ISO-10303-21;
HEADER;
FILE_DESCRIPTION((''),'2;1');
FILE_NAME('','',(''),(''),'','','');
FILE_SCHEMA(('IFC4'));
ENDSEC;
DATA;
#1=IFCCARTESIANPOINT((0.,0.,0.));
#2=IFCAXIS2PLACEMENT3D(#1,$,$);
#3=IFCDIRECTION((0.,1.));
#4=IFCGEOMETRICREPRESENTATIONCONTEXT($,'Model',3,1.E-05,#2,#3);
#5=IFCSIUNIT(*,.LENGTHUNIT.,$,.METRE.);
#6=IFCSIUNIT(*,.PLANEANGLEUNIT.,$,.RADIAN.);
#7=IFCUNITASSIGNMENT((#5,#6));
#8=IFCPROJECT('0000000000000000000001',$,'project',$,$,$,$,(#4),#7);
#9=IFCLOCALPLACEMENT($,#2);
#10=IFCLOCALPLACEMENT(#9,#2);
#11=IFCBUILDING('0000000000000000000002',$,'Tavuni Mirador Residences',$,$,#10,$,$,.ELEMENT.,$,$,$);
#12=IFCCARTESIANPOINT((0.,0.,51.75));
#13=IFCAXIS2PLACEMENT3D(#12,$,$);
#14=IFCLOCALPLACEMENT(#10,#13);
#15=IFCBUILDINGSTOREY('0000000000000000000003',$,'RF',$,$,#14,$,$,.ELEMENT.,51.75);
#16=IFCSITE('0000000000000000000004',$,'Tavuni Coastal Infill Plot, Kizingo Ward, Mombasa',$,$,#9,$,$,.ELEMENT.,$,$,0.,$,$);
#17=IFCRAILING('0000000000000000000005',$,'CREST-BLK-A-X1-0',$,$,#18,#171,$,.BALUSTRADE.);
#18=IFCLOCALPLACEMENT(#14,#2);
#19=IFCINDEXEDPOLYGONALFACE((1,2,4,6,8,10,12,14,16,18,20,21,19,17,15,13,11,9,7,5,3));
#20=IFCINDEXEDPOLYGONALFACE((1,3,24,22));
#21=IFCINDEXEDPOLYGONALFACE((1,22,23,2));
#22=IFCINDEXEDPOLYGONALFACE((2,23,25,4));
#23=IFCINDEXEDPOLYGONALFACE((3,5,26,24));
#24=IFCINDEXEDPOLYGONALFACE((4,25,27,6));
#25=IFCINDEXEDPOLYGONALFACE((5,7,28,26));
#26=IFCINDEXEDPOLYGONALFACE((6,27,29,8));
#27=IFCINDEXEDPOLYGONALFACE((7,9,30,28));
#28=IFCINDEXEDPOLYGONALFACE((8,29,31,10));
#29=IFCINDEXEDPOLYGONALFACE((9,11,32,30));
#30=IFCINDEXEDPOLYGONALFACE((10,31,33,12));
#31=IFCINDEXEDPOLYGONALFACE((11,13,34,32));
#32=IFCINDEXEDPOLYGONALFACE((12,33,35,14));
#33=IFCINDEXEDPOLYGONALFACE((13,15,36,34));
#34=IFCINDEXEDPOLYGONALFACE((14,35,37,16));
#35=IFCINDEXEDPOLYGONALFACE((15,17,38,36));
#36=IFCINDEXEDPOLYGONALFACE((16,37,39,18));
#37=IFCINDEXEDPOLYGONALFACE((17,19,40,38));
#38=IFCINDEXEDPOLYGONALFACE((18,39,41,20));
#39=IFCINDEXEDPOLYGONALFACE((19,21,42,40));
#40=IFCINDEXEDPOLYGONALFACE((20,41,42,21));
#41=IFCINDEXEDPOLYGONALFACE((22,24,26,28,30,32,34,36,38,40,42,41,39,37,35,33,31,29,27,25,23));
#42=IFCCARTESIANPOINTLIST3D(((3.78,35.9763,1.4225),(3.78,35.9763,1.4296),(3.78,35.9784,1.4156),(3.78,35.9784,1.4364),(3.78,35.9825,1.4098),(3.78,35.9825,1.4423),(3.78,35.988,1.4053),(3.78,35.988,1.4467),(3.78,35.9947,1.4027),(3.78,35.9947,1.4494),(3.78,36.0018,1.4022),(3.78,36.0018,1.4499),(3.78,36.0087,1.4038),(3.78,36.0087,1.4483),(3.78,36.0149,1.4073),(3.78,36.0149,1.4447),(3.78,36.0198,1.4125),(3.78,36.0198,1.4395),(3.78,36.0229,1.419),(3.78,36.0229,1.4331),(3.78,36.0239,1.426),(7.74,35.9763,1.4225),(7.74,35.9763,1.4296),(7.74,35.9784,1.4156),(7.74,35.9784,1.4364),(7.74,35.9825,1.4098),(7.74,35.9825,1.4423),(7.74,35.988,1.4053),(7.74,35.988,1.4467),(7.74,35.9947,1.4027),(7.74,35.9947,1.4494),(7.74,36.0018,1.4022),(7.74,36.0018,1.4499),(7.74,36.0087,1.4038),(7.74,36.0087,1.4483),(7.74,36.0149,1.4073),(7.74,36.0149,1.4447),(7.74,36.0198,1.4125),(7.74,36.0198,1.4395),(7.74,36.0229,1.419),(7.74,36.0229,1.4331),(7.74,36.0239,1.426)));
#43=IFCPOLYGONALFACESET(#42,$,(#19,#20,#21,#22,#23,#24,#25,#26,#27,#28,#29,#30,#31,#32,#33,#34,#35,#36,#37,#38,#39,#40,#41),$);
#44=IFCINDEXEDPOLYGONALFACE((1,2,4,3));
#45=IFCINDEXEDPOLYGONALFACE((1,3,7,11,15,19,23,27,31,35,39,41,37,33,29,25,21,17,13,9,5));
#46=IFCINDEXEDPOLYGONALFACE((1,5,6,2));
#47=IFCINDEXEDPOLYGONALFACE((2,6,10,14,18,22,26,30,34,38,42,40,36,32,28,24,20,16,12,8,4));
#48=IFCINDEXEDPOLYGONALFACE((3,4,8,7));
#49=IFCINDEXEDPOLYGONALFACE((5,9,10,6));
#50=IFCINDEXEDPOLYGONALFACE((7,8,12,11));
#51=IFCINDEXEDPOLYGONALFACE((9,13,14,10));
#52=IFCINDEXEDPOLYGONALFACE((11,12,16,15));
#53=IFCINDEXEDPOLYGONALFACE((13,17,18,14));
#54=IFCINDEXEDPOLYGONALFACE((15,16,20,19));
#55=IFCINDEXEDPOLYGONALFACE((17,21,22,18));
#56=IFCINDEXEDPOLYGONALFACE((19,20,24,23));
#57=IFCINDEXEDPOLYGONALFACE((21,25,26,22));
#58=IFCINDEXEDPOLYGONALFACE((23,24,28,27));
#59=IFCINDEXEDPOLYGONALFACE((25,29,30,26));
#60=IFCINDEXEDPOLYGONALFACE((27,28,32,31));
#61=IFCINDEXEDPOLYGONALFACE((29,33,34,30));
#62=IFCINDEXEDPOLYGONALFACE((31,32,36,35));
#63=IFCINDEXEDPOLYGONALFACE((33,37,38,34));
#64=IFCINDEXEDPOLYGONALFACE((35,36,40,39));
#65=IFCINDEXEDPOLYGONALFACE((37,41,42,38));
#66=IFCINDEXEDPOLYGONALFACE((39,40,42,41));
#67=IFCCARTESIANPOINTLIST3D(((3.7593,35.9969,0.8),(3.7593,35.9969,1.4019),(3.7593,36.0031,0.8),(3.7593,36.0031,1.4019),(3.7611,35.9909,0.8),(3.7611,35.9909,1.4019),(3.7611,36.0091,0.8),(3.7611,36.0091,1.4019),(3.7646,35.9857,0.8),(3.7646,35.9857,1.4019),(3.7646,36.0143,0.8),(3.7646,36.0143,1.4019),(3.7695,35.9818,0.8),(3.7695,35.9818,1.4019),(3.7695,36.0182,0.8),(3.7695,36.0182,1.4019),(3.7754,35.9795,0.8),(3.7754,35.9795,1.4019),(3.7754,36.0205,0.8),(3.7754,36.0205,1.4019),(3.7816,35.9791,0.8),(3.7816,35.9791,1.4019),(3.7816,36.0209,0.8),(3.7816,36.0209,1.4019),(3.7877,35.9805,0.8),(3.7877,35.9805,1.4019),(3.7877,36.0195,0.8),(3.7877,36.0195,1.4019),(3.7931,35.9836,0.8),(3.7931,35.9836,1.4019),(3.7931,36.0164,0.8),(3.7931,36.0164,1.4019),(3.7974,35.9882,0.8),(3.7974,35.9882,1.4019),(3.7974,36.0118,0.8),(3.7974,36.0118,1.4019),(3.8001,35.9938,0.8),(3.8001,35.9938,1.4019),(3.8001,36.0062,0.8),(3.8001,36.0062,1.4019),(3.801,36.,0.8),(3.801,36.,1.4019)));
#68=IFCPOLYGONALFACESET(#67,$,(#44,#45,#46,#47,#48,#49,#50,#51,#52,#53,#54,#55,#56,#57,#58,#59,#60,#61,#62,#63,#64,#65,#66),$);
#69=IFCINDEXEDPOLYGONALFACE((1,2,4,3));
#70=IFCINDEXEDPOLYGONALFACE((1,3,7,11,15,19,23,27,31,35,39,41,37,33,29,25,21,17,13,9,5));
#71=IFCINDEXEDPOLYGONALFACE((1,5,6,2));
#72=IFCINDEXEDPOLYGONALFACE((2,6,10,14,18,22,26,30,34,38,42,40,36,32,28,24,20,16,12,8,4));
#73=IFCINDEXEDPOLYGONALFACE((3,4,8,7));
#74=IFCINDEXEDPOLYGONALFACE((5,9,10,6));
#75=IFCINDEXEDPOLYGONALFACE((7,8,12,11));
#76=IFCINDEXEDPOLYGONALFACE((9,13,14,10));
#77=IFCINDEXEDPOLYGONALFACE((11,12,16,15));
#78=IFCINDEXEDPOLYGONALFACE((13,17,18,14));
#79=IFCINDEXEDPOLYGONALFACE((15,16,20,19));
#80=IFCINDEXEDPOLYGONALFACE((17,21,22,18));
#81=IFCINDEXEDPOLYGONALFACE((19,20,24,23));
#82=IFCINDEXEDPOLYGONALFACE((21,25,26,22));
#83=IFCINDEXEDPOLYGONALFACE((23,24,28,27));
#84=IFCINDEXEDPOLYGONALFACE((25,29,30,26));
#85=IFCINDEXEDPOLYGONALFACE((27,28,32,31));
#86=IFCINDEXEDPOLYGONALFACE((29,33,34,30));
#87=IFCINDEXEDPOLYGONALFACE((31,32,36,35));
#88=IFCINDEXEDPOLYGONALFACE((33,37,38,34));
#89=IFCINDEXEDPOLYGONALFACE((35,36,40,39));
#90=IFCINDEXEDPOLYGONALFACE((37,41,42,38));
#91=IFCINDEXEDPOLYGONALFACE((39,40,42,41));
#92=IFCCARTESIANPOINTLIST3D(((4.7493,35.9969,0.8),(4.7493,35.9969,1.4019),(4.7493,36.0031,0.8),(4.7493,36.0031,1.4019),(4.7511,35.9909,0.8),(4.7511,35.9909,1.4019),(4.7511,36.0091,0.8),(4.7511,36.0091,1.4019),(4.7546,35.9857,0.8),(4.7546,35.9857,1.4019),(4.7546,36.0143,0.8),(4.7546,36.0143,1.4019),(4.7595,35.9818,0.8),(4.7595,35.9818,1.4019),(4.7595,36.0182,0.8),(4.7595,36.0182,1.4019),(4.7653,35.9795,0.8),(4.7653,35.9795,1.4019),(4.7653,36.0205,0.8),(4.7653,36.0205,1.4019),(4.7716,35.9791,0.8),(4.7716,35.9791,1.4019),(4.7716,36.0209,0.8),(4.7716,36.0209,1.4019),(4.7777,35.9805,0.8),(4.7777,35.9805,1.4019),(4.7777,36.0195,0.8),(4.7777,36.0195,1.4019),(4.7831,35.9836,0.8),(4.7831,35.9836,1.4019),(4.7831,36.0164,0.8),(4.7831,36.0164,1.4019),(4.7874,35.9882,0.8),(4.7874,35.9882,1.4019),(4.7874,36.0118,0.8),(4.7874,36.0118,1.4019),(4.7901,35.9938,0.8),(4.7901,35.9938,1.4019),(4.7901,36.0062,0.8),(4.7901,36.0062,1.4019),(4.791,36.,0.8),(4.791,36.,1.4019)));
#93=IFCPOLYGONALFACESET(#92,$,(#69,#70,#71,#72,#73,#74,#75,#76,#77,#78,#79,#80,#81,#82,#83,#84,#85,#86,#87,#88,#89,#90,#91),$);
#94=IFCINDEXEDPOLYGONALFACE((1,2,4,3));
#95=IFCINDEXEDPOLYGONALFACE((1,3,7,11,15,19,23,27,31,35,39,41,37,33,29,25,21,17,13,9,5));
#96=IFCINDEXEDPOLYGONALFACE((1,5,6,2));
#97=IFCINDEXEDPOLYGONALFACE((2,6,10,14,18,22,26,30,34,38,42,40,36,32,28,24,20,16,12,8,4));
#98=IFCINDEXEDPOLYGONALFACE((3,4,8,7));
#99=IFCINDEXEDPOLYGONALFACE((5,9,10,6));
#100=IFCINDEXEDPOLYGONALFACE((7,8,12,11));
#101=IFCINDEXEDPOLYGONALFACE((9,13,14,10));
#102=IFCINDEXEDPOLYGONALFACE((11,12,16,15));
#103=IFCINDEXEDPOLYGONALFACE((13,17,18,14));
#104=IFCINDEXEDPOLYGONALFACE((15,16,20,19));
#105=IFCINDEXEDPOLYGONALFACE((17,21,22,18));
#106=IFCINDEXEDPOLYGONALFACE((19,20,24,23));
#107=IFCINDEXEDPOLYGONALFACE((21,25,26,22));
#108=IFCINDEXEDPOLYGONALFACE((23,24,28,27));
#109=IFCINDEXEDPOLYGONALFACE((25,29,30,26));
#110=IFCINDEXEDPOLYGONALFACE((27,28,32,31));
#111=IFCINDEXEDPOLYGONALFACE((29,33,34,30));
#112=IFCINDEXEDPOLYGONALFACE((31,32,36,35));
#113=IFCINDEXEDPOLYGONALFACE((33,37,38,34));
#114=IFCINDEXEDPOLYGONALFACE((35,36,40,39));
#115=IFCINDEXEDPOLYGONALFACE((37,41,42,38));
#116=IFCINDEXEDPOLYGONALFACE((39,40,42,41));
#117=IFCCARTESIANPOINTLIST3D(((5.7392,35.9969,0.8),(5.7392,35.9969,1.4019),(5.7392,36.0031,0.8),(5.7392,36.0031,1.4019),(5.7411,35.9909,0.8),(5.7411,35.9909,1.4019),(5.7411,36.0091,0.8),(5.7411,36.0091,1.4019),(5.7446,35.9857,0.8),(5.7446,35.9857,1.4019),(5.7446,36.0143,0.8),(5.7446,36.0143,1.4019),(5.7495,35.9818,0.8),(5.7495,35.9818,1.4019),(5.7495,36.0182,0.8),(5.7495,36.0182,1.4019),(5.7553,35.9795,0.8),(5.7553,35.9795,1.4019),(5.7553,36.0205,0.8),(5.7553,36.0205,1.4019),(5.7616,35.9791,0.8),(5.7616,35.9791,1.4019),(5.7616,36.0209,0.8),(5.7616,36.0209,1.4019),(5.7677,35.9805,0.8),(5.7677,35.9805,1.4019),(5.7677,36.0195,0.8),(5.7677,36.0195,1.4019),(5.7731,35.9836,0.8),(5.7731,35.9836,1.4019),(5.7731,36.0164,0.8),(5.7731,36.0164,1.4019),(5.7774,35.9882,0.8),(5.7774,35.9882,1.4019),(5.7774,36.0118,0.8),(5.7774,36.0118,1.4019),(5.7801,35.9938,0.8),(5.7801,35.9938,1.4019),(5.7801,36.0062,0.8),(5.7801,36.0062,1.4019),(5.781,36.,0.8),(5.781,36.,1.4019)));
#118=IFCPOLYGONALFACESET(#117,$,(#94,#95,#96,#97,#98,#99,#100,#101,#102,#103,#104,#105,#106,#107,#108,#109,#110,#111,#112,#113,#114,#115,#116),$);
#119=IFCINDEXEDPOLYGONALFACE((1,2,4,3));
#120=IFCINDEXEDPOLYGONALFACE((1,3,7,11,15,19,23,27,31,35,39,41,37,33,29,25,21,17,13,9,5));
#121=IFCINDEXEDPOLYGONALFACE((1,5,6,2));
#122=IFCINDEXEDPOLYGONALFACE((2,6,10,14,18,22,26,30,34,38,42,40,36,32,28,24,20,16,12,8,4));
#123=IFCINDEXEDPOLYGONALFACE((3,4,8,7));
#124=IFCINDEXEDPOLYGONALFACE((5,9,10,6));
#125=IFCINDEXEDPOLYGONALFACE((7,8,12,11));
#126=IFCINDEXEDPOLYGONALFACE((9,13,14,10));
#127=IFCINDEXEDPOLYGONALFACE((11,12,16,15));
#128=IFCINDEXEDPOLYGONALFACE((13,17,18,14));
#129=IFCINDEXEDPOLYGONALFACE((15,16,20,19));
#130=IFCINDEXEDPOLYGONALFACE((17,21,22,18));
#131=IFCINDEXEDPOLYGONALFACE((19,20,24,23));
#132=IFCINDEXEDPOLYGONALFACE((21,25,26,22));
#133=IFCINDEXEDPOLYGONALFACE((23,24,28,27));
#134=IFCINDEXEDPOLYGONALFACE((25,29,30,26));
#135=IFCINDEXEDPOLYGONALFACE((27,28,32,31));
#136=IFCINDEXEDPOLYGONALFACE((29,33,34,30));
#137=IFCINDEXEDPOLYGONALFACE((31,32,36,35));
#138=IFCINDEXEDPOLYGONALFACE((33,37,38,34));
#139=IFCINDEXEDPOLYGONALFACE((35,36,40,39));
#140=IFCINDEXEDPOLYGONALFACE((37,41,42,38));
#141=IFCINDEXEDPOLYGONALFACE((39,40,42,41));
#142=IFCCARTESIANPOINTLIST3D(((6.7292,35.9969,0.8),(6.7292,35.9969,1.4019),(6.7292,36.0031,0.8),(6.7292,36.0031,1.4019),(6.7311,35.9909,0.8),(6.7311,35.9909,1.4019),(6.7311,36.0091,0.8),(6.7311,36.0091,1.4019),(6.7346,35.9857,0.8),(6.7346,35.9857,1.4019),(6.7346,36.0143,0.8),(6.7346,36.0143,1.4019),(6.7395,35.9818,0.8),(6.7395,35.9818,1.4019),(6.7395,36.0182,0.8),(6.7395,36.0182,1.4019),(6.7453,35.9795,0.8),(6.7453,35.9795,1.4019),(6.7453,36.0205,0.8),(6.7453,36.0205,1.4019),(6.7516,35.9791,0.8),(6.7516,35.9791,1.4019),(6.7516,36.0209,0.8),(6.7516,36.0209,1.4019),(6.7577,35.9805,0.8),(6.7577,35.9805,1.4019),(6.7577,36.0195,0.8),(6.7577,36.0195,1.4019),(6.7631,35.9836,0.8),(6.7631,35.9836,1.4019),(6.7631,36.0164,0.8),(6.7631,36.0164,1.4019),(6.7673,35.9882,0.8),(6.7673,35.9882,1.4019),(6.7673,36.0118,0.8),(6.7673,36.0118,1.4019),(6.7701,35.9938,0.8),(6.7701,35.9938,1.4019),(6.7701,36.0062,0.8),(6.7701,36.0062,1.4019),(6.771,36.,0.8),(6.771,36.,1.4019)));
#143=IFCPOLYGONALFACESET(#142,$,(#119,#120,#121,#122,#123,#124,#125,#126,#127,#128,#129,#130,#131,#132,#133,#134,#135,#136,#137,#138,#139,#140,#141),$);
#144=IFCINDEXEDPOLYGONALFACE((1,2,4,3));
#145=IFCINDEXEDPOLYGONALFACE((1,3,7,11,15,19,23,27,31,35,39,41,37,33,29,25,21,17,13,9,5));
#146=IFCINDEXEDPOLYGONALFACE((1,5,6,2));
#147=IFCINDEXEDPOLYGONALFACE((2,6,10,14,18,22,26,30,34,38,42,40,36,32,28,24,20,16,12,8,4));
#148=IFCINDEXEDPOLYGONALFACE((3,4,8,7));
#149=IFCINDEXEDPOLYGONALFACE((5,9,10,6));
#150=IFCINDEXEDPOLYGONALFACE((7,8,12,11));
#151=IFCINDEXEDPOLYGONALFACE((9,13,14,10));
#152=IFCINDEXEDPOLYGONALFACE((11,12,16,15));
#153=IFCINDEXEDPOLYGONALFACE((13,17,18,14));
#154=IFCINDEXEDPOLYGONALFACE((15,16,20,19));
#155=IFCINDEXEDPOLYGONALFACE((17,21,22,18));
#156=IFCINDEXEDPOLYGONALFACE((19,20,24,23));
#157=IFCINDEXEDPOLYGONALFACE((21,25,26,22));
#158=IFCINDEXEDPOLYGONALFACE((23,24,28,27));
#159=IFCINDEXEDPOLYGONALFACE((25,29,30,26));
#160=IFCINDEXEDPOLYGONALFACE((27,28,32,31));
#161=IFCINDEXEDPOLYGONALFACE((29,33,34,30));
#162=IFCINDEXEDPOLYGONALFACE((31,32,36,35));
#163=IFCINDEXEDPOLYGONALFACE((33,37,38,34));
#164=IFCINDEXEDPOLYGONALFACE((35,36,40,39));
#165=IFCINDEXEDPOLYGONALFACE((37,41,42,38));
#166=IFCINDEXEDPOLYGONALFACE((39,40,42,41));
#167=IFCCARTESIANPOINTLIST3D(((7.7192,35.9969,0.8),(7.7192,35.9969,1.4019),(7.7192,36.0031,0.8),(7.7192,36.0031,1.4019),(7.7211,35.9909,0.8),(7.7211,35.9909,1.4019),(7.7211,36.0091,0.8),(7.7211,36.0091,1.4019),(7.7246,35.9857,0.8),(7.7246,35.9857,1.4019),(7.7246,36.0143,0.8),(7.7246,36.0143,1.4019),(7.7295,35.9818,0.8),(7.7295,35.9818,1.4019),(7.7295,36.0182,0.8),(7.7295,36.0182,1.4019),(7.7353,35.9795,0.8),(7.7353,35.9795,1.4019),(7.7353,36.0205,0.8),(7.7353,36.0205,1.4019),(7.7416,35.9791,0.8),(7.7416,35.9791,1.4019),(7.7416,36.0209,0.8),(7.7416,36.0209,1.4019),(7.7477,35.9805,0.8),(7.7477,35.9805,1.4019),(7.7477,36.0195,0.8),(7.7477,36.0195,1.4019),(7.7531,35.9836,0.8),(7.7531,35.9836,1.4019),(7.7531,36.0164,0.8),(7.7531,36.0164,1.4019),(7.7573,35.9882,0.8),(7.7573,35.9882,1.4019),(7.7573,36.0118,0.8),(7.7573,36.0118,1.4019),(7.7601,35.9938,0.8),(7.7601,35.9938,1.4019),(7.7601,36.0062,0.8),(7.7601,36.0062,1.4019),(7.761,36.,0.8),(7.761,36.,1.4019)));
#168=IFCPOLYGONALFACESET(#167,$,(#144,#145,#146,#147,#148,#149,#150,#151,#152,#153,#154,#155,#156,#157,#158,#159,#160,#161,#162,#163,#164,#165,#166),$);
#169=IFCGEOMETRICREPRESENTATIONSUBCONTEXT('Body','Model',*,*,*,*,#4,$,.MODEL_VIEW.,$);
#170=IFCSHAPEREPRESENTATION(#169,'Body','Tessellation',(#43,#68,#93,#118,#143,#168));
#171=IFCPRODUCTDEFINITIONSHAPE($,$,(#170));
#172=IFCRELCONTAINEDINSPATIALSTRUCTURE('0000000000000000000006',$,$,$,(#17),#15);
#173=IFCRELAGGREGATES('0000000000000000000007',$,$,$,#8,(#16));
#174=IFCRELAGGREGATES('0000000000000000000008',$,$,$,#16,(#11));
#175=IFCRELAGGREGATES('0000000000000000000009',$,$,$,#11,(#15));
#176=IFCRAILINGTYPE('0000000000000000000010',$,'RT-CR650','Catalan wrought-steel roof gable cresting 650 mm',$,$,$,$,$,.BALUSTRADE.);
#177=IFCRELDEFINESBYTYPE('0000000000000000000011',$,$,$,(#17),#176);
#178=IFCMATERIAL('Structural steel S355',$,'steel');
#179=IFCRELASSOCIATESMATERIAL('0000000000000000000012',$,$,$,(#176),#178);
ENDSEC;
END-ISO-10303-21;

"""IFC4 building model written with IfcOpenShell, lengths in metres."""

from ifc_helpers import new_model, si_unit, direction, frame, origin, origin_2d, place, context, subcontext, project, spatial, circle, extrude, material, type_object, element, save


model = new_model("IFC4")

# Units and contexts
model_context = context("Model", 3, precision=1e-05, world=origin(), true_north=direction((0.0, 1.0)))
body_context = subcontext(model_context, "Body", "Model", "MODEL_VIEW")
ifc_project = project(units=[si_unit("LENGTHUNIT", "METRE"), si_unit("PLANEANGLEUNIT", "RADIAN")], contexts=[model_context])

# Site, building, storey
site_placement = place(None, origin())
site = spatial("IfcSite", under=ifc_project, at=site_placement, Name="Tavuni Coastal Infill Plot, Kizingo Ward, Mombasa", CompositionType="ELEMENT", RefElevation=0.0)
building_placement = place(site_placement, origin())
building = spatial("IfcBuilding", under=site, at=building_placement, Name="Tavuni Mirador Residences", CompositionType="ELEMENT")
storey_placement = place(building_placement, frame((0.0, 0.0, 51.75)))
storey = spatial("IfcBuildingStorey", under=building, at=storey_placement, Name="RF", CompositionType="ELEMENT", Elevation=51.75)

# Shared definitions
ifc_material_1 = material(Name="Structural steel S355", Category="steel")

# Railing
railing_type = type_object("IfcRailingType", Name="RT-CR650", Description="Catalan wrought-steel roof gable cresting 650 mm", PredefinedType="BALUSTRADE", material=ifc_material_1)
for number, where, name in (
    (1, (3.78, 36.0, 0.8), "CREST-BLK-A-X1-0"),
):
    element("IfcRailing", number, at=place(storey_placement, frame(where)), inside=storey, type_object=railing_type, Name=name, PredefinedType="BALUSTRADE", context=body_context, shape_type="SweptSolid", body=[
        extrude(circle(Radius=0.0239, at=origin_2d()), frame((0.0, 0.0, 0.626), z_axis=(1.0, 0.0, 0.0), x_axis=(0.0, 1.0, 0.0)), (0.0, 0.0, 1.0), 3.96),
        extrude(circle(Radius=0.021, at=origin_2d()), origin(), (0.0, 0.0, 1.0), 0.6018),
        extrude(circle(Radius=0.021, at=origin_2d()), frame((0.99, 0.0, 0.0)), (0.0, 0.0, 1.0), 0.6018),
        extrude(circle(Radius=0.021, at=origin_2d()), frame((1.98, 0.0, 0.0)), (0.0, 0.0, 1.0), 0.6018),
        extrude(circle(Radius=0.021, at=origin_2d()), frame((2.97, 0.0, 0.0)), (0.0, 0.0, 1.0), 0.6018),
        extrude(circle(Radius=0.021, at=origin_2d()), frame((3.96, 0.0, 0.0)), (0.0, 0.0, 1.0), 0.6018),
    ])

save(model, "model.ifc")
